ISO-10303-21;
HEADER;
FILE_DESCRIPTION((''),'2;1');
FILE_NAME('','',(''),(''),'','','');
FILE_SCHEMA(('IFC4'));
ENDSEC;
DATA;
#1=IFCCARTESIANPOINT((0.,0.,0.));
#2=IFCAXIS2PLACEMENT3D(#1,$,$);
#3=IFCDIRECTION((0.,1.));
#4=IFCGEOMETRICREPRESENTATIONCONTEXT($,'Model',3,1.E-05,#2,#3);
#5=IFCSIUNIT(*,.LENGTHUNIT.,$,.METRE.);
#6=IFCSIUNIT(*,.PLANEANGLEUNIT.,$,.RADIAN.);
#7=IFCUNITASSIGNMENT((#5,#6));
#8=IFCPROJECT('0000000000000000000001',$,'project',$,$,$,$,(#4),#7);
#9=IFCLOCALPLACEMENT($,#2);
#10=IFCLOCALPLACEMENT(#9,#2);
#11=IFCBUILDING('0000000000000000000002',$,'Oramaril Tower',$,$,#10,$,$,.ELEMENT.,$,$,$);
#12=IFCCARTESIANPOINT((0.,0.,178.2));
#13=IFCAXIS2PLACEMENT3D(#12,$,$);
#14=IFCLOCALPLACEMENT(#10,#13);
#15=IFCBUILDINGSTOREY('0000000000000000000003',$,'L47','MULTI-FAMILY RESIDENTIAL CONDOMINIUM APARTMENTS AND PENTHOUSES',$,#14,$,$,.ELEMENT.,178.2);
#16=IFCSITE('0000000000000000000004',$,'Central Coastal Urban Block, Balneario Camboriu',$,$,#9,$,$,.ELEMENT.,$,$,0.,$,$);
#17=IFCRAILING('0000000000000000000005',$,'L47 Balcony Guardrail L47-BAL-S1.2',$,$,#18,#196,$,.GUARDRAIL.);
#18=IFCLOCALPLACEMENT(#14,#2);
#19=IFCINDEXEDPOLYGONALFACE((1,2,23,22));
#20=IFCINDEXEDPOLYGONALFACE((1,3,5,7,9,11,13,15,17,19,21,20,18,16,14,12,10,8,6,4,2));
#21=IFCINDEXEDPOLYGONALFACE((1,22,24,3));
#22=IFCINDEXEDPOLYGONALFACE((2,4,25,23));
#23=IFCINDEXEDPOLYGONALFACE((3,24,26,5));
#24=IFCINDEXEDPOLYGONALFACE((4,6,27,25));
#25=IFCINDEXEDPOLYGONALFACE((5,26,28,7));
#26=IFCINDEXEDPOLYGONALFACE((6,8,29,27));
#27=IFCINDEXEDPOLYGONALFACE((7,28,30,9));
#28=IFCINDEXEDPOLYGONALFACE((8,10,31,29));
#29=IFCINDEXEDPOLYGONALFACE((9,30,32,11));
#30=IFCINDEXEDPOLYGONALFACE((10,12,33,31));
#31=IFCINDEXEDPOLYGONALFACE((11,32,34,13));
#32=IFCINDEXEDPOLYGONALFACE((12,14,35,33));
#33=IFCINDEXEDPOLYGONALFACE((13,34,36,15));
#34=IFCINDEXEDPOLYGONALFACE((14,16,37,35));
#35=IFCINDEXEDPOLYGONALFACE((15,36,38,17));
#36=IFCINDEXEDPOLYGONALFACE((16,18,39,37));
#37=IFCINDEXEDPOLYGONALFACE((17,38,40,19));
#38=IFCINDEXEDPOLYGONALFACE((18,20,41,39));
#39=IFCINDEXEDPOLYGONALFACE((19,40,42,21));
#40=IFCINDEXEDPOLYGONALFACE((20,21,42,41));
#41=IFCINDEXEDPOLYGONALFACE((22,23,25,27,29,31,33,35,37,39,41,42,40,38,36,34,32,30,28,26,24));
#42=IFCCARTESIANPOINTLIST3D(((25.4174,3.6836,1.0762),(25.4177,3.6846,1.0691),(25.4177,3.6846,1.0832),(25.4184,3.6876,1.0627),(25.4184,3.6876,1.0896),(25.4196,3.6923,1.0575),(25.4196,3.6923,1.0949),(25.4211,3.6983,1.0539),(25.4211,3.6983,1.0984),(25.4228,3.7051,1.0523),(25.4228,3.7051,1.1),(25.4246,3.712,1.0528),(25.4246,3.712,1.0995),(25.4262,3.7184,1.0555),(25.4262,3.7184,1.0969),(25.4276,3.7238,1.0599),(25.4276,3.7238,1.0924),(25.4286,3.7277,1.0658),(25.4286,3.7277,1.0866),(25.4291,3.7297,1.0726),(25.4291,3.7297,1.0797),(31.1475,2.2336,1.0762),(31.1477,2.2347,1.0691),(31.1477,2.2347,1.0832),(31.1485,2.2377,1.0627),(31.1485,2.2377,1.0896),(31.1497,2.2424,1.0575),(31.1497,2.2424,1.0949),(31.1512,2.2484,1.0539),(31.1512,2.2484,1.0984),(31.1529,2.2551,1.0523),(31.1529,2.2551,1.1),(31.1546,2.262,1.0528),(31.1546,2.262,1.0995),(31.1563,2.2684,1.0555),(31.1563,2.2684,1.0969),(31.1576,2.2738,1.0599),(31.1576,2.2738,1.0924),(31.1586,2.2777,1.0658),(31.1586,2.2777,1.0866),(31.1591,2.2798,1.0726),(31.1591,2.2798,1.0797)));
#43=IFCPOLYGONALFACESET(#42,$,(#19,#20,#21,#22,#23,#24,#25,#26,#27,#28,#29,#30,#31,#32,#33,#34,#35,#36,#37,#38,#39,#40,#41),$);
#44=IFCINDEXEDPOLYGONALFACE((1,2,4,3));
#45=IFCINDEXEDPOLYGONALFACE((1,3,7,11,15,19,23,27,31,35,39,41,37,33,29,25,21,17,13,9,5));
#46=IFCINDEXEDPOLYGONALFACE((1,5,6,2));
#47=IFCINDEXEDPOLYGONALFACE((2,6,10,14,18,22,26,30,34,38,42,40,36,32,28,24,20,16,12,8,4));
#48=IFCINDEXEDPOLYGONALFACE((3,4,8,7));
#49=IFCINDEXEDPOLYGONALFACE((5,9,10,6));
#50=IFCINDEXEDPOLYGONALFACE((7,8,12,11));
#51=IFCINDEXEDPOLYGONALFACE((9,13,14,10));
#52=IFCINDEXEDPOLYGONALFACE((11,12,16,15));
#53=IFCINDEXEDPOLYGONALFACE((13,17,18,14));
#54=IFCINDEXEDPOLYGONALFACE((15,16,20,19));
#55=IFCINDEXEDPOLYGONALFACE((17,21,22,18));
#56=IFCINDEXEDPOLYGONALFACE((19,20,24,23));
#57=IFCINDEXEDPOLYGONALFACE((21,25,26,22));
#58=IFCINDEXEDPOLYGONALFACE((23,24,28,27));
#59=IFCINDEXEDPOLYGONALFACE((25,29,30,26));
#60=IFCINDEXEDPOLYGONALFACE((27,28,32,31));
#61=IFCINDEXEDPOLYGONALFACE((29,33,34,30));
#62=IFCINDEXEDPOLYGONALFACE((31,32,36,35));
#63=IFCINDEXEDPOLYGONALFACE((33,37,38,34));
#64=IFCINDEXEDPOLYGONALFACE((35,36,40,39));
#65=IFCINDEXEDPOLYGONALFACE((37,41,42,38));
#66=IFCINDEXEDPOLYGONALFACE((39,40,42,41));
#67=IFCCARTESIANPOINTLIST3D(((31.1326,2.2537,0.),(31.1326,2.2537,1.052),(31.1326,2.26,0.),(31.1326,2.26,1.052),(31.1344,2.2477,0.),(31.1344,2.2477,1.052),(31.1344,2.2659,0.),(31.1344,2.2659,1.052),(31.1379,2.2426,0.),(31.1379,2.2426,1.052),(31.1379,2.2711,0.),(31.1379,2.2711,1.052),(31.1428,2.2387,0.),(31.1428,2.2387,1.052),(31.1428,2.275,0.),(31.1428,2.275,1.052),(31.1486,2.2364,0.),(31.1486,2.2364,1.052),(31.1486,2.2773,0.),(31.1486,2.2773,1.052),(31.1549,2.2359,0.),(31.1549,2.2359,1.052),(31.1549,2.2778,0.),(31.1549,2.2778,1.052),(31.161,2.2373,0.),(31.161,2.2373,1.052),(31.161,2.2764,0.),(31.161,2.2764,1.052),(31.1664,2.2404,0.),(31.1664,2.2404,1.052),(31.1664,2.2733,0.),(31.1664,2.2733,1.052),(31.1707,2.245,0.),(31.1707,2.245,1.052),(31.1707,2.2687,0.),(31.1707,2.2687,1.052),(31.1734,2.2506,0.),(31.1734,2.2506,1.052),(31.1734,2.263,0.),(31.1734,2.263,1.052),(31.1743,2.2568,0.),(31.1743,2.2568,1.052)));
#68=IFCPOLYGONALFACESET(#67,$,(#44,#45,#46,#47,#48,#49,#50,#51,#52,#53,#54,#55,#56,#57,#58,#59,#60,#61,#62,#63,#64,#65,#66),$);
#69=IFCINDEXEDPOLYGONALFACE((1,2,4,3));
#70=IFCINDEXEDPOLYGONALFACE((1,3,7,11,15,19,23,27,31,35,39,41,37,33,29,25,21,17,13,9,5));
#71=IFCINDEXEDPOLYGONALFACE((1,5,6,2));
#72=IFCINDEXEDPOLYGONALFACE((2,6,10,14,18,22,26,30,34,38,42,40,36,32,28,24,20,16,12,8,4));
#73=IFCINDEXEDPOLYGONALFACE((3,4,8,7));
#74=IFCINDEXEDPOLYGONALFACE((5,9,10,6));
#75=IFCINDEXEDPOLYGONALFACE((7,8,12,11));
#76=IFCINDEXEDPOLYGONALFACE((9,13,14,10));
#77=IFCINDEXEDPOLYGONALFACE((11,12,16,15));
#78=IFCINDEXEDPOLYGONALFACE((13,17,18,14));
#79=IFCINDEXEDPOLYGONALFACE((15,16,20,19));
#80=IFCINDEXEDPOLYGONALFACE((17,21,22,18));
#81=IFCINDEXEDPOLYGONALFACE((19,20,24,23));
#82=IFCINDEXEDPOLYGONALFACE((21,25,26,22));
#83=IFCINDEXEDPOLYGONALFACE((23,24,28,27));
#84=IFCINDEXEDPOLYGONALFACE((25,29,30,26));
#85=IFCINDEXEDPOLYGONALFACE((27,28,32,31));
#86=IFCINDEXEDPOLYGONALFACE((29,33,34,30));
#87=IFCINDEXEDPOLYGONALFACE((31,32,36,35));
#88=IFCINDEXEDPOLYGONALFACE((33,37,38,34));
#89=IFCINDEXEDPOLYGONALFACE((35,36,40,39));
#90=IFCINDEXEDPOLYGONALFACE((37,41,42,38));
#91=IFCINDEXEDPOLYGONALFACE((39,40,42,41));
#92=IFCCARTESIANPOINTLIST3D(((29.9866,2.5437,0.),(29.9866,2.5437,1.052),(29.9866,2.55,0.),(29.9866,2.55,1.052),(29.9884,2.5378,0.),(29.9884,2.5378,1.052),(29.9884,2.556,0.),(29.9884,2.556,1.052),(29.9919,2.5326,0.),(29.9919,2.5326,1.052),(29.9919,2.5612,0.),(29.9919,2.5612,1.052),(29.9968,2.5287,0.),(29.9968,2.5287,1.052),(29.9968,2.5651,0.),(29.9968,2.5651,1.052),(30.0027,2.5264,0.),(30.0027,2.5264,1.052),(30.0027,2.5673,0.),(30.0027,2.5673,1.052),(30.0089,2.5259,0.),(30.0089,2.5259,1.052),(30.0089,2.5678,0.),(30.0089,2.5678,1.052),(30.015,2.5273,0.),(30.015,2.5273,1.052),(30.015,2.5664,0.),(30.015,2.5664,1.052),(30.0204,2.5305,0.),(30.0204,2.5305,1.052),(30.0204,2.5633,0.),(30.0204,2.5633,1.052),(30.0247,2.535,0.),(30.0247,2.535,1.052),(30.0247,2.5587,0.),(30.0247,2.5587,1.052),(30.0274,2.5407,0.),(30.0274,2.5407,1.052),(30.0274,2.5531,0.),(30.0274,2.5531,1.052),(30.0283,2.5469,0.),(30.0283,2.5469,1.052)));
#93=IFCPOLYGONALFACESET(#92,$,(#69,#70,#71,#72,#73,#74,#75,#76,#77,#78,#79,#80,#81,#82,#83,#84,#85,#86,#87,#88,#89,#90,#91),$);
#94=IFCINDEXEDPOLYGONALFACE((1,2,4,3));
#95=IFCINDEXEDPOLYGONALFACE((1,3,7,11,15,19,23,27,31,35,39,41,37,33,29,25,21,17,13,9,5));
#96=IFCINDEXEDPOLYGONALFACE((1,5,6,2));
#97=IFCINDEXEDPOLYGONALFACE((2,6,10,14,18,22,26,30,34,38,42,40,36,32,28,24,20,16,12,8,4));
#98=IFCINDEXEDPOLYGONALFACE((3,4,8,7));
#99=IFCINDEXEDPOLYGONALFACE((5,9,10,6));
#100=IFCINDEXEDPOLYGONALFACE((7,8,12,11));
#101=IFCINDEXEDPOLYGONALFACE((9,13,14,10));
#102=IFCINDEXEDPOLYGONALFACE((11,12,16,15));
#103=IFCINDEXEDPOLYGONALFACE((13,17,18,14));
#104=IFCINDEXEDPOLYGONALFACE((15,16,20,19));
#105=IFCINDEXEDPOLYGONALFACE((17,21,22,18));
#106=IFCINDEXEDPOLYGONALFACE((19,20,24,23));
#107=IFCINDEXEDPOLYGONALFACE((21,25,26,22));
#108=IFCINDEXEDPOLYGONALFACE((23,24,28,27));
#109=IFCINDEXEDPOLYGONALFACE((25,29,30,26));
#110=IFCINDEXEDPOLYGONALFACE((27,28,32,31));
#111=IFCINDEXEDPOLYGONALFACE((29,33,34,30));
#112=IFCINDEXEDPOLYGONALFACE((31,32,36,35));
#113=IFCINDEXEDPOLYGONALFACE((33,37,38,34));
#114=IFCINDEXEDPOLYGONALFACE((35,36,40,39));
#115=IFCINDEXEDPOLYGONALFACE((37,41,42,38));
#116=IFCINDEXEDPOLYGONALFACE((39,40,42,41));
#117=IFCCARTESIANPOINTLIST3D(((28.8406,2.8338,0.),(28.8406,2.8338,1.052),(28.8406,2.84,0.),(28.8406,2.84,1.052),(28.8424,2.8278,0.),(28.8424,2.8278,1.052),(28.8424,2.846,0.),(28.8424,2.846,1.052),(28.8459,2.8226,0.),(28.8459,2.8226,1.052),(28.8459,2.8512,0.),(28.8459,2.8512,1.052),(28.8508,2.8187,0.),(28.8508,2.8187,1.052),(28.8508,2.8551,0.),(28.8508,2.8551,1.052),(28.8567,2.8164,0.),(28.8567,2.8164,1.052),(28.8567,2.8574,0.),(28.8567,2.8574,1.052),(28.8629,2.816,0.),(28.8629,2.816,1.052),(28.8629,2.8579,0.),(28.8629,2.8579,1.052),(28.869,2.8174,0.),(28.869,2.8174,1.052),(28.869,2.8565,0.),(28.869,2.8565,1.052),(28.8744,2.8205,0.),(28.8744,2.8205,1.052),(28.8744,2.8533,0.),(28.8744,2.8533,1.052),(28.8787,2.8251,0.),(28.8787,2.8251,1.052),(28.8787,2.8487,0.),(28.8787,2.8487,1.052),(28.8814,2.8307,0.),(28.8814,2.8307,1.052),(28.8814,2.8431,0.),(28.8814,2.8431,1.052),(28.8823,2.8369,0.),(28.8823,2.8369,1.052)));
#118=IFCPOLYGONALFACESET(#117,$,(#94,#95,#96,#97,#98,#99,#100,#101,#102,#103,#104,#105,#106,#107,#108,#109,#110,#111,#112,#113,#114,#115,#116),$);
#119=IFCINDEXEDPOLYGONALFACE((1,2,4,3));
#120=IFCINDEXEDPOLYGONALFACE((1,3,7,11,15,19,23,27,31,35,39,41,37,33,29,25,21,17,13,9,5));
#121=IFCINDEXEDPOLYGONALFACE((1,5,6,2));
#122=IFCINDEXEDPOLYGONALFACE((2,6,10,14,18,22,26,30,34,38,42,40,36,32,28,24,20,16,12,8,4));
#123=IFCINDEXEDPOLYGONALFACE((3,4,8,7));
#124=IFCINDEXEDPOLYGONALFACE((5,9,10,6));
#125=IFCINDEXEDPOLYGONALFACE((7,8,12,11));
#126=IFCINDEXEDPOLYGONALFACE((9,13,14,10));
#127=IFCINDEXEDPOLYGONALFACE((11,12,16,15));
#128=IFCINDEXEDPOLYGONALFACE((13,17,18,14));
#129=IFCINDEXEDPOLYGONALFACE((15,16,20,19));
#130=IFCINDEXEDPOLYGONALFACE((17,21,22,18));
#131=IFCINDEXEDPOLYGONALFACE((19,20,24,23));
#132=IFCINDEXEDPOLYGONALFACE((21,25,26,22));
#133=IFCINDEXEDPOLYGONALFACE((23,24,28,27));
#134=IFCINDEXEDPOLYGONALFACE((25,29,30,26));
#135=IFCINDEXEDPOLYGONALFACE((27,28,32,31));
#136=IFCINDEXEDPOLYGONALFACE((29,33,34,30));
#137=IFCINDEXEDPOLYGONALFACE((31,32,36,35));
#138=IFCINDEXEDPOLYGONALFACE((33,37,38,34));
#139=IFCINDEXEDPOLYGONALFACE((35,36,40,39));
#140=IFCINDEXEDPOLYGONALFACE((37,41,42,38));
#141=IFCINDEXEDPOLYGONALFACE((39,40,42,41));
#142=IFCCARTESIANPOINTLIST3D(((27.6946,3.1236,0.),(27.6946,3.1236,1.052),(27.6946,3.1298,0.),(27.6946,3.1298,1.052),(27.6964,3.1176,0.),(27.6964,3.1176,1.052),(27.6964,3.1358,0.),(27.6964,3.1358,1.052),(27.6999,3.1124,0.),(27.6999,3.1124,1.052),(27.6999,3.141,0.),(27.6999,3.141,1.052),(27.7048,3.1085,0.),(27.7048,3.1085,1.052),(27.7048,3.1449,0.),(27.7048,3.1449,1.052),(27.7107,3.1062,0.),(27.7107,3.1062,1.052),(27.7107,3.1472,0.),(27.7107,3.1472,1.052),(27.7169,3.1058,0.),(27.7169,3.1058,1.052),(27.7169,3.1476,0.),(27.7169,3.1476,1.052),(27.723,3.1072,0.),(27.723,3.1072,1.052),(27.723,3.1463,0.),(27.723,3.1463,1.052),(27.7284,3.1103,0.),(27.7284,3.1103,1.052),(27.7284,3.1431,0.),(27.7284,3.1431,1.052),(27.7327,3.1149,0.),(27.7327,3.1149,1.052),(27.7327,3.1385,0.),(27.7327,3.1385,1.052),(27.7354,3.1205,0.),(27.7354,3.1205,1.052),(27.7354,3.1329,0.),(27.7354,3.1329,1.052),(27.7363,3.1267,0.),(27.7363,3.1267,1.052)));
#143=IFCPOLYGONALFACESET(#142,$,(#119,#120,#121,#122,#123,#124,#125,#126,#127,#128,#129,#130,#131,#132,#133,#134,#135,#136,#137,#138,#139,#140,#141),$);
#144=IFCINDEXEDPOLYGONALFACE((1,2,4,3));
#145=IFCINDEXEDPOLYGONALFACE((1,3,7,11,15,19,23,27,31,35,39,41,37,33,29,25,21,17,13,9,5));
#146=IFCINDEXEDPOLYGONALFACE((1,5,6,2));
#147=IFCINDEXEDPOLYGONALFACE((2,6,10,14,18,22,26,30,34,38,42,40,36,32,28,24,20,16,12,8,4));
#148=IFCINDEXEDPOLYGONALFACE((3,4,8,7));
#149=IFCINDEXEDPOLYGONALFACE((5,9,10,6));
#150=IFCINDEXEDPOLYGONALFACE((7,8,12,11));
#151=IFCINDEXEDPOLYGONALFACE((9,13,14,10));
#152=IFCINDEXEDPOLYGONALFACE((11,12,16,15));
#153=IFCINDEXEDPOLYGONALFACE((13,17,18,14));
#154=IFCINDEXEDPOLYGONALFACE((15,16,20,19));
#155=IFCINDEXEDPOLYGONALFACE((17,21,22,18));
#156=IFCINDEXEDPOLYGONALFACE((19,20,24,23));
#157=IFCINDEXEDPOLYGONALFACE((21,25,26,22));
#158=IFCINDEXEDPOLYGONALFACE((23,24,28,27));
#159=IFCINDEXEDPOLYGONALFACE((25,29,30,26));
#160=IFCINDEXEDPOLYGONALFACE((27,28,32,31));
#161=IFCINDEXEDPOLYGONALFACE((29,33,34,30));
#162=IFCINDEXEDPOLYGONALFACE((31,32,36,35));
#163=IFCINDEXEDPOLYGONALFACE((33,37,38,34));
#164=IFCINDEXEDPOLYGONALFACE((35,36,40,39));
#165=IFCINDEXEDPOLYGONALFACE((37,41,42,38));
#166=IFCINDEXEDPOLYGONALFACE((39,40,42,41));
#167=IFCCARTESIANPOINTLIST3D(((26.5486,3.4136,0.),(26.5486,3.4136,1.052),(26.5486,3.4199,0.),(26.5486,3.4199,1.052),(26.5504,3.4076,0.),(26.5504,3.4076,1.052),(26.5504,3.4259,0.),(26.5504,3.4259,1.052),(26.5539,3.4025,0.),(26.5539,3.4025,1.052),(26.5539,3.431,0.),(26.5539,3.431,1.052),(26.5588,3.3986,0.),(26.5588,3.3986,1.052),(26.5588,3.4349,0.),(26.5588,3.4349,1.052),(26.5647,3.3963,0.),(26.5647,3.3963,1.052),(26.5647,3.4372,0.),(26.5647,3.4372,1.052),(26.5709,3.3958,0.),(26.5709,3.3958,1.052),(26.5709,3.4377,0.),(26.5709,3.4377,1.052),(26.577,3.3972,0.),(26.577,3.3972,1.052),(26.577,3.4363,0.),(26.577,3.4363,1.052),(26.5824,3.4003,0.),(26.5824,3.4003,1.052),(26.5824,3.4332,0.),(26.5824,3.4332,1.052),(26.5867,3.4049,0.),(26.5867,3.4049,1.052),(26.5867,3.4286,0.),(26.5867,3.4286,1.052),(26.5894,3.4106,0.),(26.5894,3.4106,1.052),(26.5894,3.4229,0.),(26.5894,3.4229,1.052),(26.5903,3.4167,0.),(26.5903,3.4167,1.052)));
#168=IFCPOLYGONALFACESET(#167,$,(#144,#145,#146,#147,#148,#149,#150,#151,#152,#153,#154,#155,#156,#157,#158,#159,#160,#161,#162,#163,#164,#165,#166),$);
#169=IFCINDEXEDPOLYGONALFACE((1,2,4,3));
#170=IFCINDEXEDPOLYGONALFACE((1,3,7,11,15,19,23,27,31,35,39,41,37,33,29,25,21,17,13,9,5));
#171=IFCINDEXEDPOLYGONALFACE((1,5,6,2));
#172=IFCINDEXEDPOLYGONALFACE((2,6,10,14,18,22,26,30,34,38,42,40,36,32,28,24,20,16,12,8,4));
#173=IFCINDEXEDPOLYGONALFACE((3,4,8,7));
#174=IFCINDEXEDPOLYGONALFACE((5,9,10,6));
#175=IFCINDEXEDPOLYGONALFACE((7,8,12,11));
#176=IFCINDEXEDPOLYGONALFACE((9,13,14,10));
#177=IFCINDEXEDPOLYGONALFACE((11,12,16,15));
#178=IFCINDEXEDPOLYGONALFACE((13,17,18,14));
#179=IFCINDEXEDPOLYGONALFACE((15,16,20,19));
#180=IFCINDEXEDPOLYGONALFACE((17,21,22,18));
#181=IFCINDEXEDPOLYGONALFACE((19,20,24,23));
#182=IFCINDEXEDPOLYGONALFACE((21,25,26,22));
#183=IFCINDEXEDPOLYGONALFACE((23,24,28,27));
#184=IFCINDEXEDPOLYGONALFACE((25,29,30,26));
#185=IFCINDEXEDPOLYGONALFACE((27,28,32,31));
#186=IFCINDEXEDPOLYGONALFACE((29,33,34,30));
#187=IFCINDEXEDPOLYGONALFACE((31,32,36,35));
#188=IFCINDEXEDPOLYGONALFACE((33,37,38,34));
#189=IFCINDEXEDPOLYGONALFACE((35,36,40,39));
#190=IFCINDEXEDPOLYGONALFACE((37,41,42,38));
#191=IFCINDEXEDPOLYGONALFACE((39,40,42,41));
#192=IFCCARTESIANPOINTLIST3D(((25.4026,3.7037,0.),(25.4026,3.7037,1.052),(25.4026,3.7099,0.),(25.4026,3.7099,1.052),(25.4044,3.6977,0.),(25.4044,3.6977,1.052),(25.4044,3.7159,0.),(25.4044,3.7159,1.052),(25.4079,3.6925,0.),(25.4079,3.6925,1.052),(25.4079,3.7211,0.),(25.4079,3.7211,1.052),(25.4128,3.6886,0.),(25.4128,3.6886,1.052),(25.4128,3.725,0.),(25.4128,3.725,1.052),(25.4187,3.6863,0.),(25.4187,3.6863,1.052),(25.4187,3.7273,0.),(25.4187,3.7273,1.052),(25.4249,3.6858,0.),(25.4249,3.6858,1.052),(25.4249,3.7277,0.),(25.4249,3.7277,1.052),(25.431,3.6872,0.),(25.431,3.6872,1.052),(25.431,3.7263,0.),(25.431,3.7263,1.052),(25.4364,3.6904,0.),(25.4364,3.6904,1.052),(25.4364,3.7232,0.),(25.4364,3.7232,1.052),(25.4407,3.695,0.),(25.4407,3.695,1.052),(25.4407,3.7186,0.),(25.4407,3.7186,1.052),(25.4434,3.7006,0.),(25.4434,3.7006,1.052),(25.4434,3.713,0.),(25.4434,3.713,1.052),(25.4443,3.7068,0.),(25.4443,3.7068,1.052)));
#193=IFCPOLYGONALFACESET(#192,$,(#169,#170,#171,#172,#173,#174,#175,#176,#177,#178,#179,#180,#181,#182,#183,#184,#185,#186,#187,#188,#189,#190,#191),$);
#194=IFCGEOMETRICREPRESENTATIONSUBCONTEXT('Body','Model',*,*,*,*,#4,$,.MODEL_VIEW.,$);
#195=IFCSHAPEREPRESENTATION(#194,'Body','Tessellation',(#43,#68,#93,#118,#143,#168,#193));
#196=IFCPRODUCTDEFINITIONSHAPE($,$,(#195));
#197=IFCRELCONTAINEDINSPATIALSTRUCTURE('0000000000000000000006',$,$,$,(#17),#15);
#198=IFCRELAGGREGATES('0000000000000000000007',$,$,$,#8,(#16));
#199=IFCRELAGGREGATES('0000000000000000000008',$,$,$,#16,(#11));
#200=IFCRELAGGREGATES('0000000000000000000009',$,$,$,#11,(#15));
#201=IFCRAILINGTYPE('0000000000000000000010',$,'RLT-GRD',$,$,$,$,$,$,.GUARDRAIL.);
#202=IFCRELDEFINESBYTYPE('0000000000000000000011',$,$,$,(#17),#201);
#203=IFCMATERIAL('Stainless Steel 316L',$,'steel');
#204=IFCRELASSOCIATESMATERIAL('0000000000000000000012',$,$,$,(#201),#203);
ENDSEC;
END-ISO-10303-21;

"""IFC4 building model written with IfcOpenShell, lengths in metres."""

from ifc_helpers import new_model, si_unit, direction, frame, origin, origin_2d, place, context, subcontext, project, spatial, circle, extrude, material, type_object, element, save


model = new_model("IFC4")

# Units and contexts
model_context = context("Model", 3, precision=1e-05, world=origin(), true_north=direction((0.0, 1.0)))
body_context = subcontext(model_context, "Body", "Model", "MODEL_VIEW")
ifc_project = project(units=[si_unit("LENGTHUNIT", "METRE"), si_unit("PLANEANGLEUNIT", "RADIAN")], contexts=[model_context])

# Site, building, storey
site_placement = place(None, origin())
site = spatial("IfcSite", under=ifc_project, at=site_placement, Name="Central Coastal Urban Block, Balneario Camboriu", CompositionType="ELEMENT", RefElevation=0.0)
building_placement = place(site_placement, origin())
building = spatial("IfcBuilding", under=site, at=building_placement, Name="Oramaril Tower", CompositionType="ELEMENT")
storey_placement = place(building_placement, frame((0.0, 0.0, 178.2)))
storey = spatial("IfcBuildingStorey", under=building, at=storey_placement, Name="L47", Description="MULTI-FAMILY RESIDENTIAL CONDOMINIUM APARTMENTS AND PENTHOUSES", CompositionType="ELEMENT", Elevation=178.2)

# Railing
ifc_material_1 = material(Name="Stainless Steel 316L", Category="steel")
railing_type = type_object("IfcRailingType", Name="RLT-GRD", PredefinedType="GUARDRAIL", material=ifc_material_1)
railing_1_placement = place(storey_placement, frame((31.1533, 2.2568, 0.0)))
element("IfcRailing", 1, at=railing_1_placement, inside=storey, type_object=railing_type, Name="L47 Balcony Guardrail L47-BAL-S1.2", PredefinedType="GUARDRAIL", context=body_context, shape_type="SweptSolid", body=[
    extrude(circle(Radius=0.0239, at=origin_2d()), frame((0.0, 0.0, 1.0762), z_axis=(-0.969444, 0.245314, 0.0), x_axis=(-0.245314, -0.969444, 0.0)), (0.0, 0.0, 1.0), 5.9106),
    extrude(circle(Radius=0.021, at=origin_2d()), origin(), (0.0, 0.0, 1.0), 1.052),
    extrude(circle(Radius=0.021, at=origin_2d()), frame((-1.146, 0.29, 0.0)), (0.0, 0.0, 1.0), 1.052),
    extrude(circle(Radius=0.021, at=origin_2d()), frame((-2.292, 0.5801, 0.0)), (0.0, 0.0, 1.0), 1.052),
    extrude(circle(Radius=0.021, at=origin_2d()), frame((-3.438, 0.8699, 0.0)), (0.0, 0.0, 1.0), 1.052),
    extrude(circle(Radius=0.021, at=origin_2d()), frame((-4.584, 1.1599, 0.0)), (0.0, 0.0, 1.0), 1.052),
    extrude(circle(Radius=0.021, at=origin_2d()), frame((-5.73, 1.45, 0.0)), (0.0, 0.0, 1.0), 1.052),
])

save(model, "model.ifc")
